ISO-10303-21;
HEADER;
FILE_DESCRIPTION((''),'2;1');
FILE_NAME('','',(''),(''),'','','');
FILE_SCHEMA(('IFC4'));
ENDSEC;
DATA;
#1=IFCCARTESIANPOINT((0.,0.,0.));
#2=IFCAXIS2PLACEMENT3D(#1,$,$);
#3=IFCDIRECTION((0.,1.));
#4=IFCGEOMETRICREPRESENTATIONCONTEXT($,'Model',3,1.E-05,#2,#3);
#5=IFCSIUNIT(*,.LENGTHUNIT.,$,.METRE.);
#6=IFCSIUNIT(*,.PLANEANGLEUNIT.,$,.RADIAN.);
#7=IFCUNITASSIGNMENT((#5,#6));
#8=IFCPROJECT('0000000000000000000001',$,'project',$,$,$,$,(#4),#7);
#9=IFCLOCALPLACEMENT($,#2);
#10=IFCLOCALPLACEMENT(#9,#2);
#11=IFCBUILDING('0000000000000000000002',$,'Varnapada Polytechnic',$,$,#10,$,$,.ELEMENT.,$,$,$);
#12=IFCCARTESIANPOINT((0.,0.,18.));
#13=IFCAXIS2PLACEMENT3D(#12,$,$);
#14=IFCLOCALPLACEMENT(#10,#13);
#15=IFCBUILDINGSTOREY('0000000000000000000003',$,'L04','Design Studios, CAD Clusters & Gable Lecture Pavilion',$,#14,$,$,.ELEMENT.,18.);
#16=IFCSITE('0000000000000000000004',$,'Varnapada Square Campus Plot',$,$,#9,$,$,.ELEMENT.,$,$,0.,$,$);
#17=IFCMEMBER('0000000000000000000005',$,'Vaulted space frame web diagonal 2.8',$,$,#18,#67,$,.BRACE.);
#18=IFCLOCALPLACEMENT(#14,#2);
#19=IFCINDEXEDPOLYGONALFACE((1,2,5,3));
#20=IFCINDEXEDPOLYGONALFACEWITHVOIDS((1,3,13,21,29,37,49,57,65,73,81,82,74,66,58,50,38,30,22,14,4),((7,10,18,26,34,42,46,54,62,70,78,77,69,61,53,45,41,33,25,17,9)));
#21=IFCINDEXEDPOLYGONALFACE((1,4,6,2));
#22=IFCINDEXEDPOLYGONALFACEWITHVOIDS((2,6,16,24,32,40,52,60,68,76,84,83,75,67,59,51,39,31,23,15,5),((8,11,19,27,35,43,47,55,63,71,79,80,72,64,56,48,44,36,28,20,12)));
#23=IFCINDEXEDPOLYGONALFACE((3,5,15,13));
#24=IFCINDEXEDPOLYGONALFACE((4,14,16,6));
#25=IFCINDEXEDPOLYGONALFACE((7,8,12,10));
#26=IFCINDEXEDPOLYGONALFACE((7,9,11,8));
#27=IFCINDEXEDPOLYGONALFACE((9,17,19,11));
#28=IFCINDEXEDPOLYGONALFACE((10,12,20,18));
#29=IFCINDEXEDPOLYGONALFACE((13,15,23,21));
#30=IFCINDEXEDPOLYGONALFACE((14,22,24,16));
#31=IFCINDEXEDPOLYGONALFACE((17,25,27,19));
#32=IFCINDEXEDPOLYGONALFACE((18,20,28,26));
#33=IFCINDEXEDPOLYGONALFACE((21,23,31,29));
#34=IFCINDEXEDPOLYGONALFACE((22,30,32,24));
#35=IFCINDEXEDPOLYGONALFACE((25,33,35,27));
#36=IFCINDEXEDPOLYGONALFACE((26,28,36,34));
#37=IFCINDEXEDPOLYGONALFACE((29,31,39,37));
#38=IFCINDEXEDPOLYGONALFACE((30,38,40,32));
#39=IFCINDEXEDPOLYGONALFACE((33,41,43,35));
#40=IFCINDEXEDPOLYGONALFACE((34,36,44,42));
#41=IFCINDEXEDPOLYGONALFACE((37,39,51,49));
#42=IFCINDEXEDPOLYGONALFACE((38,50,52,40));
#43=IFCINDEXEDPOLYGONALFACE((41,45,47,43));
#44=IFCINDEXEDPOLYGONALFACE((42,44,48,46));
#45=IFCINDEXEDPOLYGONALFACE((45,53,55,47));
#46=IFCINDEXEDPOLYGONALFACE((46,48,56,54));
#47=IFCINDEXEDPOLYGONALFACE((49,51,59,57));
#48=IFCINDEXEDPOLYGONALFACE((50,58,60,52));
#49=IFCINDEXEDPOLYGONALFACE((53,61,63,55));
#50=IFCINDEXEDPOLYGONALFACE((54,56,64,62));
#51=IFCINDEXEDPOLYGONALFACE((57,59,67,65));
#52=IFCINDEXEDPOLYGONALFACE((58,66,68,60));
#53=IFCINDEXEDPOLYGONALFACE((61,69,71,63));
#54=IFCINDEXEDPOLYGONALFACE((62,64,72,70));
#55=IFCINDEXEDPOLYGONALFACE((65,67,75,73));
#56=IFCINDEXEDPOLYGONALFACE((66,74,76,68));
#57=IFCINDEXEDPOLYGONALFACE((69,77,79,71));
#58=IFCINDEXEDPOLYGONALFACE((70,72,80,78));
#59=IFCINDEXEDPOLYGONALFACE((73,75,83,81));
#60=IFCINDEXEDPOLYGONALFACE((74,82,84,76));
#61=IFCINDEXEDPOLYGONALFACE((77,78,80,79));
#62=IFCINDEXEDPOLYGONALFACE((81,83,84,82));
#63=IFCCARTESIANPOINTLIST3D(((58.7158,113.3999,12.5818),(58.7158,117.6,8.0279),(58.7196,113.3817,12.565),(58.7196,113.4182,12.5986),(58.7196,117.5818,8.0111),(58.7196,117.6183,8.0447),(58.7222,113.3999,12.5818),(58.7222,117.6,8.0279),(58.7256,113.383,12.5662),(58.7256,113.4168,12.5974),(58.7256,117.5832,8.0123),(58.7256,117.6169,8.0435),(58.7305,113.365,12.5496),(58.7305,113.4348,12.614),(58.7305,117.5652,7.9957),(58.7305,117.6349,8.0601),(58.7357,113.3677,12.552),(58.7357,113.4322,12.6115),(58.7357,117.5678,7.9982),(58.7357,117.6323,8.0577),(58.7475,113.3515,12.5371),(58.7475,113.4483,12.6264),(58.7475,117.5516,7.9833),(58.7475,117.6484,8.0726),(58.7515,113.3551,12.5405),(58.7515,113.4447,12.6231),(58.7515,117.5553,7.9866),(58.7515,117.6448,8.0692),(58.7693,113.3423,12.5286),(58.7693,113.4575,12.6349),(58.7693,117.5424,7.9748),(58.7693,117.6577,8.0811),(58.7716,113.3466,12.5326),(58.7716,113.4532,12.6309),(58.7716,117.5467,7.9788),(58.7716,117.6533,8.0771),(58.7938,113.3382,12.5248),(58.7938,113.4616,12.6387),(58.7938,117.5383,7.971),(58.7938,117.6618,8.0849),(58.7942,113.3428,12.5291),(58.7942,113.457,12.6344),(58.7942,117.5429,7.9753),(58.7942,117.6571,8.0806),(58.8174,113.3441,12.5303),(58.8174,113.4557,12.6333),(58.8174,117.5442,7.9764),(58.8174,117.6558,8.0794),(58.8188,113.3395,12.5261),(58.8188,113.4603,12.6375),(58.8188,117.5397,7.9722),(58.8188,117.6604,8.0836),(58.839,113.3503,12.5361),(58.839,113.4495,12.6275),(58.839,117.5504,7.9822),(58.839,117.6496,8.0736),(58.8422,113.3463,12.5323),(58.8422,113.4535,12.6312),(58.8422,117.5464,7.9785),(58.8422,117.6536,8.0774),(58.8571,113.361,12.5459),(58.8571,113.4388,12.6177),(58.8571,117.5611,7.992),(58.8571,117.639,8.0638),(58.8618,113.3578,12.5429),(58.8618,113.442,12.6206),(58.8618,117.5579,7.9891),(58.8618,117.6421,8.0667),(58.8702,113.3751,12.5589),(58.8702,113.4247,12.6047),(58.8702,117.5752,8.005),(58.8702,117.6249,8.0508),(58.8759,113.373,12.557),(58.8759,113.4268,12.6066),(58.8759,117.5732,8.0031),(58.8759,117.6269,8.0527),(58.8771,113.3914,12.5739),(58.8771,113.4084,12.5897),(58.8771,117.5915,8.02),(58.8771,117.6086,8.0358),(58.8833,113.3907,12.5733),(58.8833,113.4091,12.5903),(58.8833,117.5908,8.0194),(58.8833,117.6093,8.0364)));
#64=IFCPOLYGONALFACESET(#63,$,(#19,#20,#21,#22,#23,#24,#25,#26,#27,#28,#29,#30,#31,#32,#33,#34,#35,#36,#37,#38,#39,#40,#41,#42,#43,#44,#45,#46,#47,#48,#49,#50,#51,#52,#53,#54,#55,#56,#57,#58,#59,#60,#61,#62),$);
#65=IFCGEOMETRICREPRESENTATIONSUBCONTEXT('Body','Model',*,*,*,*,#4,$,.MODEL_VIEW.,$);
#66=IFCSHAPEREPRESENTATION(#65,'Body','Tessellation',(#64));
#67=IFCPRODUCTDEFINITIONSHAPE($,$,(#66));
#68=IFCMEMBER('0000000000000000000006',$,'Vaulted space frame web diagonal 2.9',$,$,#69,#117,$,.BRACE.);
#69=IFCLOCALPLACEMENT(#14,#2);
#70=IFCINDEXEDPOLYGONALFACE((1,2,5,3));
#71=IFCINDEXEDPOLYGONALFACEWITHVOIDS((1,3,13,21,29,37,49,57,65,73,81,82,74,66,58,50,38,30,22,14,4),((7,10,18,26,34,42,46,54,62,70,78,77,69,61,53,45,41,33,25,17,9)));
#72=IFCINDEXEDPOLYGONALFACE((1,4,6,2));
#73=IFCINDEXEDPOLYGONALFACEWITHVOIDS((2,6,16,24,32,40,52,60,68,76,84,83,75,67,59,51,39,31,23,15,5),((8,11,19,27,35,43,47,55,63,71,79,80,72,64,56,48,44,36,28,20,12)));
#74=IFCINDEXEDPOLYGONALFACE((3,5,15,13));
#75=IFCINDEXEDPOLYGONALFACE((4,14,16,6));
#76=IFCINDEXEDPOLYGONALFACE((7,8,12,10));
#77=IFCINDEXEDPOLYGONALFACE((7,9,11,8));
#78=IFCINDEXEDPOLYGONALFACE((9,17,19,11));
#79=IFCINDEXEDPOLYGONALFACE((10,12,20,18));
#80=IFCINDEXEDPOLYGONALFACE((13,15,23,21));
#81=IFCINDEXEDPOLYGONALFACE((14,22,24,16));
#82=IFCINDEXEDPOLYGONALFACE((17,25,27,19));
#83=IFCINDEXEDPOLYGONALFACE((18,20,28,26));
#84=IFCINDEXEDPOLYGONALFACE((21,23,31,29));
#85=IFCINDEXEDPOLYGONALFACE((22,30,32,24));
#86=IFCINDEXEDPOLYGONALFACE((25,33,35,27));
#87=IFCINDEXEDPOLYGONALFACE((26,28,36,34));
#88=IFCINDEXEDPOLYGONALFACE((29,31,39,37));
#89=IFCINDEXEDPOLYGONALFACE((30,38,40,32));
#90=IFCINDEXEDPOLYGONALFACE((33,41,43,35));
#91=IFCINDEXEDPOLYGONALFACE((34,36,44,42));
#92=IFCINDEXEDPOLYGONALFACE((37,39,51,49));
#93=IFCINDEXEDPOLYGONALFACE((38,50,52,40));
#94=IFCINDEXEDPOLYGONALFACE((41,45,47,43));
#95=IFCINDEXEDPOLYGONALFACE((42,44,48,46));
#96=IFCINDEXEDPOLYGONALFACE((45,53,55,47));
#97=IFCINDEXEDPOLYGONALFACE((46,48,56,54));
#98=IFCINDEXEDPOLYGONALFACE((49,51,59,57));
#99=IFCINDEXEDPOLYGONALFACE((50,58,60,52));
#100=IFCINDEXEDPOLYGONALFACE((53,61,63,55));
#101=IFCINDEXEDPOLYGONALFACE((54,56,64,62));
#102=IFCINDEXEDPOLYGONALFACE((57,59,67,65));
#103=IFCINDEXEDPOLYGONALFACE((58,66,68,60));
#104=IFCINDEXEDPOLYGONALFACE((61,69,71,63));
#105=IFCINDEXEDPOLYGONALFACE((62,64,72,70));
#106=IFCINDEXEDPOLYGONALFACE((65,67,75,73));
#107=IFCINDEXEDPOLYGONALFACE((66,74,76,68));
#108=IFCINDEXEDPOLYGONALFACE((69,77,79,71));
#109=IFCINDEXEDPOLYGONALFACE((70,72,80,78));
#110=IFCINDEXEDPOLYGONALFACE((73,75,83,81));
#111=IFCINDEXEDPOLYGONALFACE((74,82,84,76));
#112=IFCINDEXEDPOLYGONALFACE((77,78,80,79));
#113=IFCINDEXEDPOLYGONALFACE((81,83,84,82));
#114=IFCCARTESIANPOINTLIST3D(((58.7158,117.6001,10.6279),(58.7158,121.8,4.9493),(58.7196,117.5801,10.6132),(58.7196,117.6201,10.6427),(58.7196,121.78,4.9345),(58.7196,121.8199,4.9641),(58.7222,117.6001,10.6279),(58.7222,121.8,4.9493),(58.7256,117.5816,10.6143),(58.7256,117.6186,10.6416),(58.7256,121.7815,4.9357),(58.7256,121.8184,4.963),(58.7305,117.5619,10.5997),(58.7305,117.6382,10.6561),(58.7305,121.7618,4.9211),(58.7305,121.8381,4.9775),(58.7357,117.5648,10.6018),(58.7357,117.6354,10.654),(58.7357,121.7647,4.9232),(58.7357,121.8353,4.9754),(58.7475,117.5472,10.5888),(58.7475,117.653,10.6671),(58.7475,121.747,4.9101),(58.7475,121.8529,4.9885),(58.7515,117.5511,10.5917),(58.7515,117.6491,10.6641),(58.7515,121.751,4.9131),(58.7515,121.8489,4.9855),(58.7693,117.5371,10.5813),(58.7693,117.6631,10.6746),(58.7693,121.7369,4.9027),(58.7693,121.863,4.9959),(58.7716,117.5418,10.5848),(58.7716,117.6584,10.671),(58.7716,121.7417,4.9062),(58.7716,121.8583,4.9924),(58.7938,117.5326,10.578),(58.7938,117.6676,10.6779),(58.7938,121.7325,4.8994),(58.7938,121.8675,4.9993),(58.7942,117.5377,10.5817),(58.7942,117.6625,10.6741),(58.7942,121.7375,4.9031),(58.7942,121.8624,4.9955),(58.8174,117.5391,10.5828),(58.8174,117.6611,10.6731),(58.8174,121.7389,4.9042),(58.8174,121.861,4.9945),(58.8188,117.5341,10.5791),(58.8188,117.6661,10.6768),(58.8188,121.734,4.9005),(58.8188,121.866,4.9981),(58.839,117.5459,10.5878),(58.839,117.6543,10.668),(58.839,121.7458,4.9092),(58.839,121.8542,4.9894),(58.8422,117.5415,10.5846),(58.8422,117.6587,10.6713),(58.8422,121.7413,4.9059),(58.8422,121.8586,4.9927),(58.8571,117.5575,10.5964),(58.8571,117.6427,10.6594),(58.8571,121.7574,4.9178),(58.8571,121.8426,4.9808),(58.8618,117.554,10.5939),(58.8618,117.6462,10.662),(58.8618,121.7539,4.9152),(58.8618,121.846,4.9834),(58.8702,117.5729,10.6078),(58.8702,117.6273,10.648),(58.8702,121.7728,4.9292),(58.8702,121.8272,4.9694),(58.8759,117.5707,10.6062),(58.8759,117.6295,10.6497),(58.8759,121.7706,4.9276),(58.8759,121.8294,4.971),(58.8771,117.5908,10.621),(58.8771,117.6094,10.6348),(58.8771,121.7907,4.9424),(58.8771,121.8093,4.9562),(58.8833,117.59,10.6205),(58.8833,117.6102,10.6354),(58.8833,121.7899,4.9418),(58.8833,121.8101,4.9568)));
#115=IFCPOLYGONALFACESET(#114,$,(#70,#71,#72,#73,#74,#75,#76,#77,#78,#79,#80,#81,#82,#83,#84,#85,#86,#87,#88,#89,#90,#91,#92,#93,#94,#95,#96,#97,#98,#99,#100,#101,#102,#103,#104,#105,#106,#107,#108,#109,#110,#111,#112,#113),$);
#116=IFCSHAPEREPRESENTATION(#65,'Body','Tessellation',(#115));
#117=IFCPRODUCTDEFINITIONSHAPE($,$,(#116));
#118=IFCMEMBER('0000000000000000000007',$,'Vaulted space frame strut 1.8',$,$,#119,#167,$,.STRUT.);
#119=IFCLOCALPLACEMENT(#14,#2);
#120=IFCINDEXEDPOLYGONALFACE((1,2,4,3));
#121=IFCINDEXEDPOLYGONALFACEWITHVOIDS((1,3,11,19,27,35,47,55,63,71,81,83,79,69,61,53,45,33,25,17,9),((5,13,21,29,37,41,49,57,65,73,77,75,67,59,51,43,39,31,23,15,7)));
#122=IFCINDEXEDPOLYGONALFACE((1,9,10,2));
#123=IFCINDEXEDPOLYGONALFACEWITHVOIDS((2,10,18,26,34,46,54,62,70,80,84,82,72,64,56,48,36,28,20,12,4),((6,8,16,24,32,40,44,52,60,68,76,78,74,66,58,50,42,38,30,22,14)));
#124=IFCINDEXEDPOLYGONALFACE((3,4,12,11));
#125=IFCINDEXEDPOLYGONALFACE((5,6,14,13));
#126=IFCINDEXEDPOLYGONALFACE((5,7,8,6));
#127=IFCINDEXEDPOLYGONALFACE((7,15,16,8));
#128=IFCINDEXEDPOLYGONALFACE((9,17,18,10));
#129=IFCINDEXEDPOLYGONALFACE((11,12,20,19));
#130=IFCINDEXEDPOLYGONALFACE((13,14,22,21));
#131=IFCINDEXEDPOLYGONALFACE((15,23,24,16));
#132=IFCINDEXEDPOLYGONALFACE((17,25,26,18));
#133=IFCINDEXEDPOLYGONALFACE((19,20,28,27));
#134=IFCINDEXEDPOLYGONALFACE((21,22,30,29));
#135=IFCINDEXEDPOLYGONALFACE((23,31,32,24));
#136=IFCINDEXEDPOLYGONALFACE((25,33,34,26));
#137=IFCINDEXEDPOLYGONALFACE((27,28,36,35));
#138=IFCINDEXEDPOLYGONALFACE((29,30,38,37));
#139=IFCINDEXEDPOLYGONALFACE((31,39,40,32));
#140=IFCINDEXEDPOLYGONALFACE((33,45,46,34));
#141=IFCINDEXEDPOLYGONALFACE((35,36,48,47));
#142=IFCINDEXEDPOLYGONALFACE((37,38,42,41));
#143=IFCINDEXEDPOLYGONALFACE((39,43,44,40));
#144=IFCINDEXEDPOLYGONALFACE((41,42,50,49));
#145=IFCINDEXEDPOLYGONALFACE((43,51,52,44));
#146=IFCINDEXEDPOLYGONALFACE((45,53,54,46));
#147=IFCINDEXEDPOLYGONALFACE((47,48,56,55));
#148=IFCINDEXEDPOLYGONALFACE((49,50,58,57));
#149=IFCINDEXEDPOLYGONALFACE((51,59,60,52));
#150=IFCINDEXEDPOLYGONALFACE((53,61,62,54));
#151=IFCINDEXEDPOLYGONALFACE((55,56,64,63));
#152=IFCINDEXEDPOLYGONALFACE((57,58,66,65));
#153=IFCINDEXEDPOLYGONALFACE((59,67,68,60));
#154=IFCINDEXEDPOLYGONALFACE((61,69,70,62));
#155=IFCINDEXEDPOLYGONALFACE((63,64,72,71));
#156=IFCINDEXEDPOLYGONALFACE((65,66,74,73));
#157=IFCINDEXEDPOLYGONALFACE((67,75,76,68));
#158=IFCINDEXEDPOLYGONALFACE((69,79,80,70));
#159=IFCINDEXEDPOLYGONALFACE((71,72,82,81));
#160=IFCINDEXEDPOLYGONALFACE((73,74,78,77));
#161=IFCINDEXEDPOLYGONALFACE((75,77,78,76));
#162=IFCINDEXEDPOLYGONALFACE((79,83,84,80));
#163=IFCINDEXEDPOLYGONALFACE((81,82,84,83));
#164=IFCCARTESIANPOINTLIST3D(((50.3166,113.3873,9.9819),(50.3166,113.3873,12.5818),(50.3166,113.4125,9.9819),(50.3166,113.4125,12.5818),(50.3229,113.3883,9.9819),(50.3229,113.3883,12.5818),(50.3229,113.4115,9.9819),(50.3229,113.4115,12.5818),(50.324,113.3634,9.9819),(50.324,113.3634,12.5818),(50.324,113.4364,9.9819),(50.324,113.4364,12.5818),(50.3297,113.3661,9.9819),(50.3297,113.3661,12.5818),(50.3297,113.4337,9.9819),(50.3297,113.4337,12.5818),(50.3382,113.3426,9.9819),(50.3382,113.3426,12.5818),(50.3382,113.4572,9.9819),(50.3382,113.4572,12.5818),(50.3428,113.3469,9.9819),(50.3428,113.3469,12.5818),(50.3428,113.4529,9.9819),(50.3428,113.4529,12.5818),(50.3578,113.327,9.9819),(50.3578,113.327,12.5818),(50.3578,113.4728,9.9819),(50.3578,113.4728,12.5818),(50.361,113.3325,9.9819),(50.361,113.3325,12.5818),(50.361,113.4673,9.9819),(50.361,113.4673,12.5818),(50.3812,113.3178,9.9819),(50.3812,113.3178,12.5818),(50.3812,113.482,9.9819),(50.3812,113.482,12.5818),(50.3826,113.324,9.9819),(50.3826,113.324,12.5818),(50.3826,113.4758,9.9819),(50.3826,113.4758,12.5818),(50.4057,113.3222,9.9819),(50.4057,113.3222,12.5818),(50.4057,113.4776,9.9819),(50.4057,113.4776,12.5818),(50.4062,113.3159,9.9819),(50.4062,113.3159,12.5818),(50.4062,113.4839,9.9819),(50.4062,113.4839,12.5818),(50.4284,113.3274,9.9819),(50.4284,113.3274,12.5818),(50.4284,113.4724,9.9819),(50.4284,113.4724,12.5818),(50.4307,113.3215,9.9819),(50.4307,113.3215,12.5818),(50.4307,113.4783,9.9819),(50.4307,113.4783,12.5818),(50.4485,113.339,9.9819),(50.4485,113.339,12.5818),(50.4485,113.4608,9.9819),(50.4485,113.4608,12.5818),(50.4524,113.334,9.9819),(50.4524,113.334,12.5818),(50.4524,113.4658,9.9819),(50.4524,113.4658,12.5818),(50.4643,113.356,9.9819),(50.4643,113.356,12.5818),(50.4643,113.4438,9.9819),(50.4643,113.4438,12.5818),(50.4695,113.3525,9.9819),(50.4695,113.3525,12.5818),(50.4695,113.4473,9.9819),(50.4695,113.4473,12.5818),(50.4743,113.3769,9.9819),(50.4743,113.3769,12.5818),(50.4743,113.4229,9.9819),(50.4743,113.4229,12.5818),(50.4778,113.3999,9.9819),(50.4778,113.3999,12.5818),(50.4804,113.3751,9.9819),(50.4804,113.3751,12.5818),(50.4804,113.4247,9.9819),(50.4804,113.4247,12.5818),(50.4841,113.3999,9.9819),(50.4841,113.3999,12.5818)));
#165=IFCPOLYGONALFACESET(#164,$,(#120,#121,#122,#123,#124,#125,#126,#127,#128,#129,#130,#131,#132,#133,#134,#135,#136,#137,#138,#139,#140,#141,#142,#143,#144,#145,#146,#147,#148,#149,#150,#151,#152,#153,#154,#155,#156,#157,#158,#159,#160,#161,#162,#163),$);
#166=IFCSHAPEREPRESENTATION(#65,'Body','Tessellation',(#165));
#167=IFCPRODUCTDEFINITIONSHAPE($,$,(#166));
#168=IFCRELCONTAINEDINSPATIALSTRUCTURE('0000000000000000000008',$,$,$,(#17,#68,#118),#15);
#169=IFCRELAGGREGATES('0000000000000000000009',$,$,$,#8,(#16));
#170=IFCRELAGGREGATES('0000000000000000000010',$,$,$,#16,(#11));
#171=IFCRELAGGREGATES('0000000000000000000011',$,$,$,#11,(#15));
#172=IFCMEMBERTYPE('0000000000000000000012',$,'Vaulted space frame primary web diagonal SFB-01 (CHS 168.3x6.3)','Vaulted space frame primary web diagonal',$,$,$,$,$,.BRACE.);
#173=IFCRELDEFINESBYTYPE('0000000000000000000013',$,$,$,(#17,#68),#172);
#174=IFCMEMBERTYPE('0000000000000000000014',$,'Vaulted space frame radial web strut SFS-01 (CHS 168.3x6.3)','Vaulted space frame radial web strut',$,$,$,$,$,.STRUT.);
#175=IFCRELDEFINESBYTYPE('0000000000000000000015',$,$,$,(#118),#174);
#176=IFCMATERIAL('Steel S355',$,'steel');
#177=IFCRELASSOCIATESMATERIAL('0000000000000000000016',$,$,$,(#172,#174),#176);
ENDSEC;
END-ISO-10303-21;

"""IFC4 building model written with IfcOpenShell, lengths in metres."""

from ifc_helpers import new_model, si_unit, direction, frame, origin, origin_2d, place, context, subcontext, project, spatial, hollow_circle, extrude, material, material_profile, profile_set, type_object, element, save


model = new_model("IFC4")

# Units and contexts
model_context = context("Model", 3, precision=1e-05, world=origin(), true_north=direction((0.0, 1.0)))
body_context = subcontext(model_context, "Body", "Model", "MODEL_VIEW")
ifc_project = project(units=[si_unit("LENGTHUNIT", "METRE"), si_unit("PLANEANGLEUNIT", "RADIAN")], contexts=[model_context])

# Site, building, storey
site_placement = place(None, origin())
site = spatial("IfcSite", under=ifc_project, at=site_placement, Name="Varnapada Square Campus Plot", CompositionType="ELEMENT", RefElevation=0.0)
building_placement = place(site_placement, origin())
building = spatial("IfcBuilding", under=site, at=building_placement, Name="Varnapada Polytechnic", CompositionType="ELEMENT")
storey_placement = place(building_placement, frame((0.0, 0.0, 18.0)))
storey = spatial("IfcBuildingStorey", under=building, at=storey_placement, Name="L04", Description="Design Studios, CAD Clusters & Gable Lecture Pavilion", CompositionType="ELEMENT", Elevation=18.0)

# Shared definitions
ifc_material = material(Name="Steel S355", Category="steel")

# Members
ifc_material_profile_1 = material_profile(ifc_material, hollow_circle(Radius=0.0842, WallThickness=0.0063, at=origin_2d()), Name="CHS 168.3x6.3")
ifc_profile_set_1 = profile_set([ifc_material_profile_1], Name="Steel S355")
member_type_1 = type_object("IfcMemberType", Name="Vaulted space frame primary web diagonal SFB-01 (CHS 168.3x6.3)", Description="Vaulted space frame primary web diagonal", PredefinedType="BRACE", material=ifc_profile_set_1)
member_1_placement = place(storey_placement, frame((58.8, 113.3999, 12.5818), z_axis=(0.0, 0.677979, -0.735081), x_axis=(-1.0, 0.0, 0.0)))
element("IfcMember", 1, at=member_1_placement, inside=storey, type_object=member_type_1, Name="Vaulted space frame web diagonal 2.8", PredefinedType="BRACE", context=body_context, shape_type="SweptSolid", body=[
    extrude(hollow_circle(Radius=0.0842, WallThickness=0.0063, at=origin_2d()), origin(), (0.0, 0.0, 1.0), 6.1951),
])
member_2_placement = place(storey_placement, frame((58.8, 117.6001, 10.6279), z_axis=(0.0, 0.594633, -0.803997), x_axis=(-1.0, 0.0, 0.0)))
element("IfcMember", 2, at=member_2_placement, inside=storey, type_object=member_type_1, Name="Vaulted space frame web diagonal 2.9", PredefinedType="BRACE", context=body_context, shape_type="SweptSolid", body=[
    extrude(hollow_circle(Radius=0.0842, WallThickness=0.0063, at=origin_2d()), origin(), (0.0, 0.0, 1.0), 7.063),
])
ifc_material_profile_2 = material_profile(ifc_material, hollow_circle(Radius=0.0842, WallThickness=0.0063, at=origin_2d()), Name="CHS 168.3x6.3")
ifc_profile_set_2 = profile_set([ifc_material_profile_2], Name="Steel S355")
member_type_2 = type_object("IfcMemberType", Name="Vaulted space frame radial web strut SFS-01 (CHS 168.3x6.3)", Description="Vaulted space frame radial web strut", PredefinedType="STRUT", material=ifc_profile_set_2)
for number, where, z_axis, x_axis, name in (
    (3, (50.3999, 113.3999, 9.9819), (0.0, 0.0, 1.0), (1.0, 0.0, 0.0), "Vaulted space frame strut 1.8"),
):
    element("IfcMember", number, at=place(storey_placement, frame(where, z_axis=z_axis, x_axis=x_axis)), inside=storey, type_object=member_type_2, Name=name, PredefinedType="STRUT", context=body_context, shape_type="SweptSolid", body=[
        extrude(hollow_circle(Radius=0.0842, WallThickness=0.0063, at=origin_2d()), origin(), (0.0, 0.0, 1.0), 2.5999),
    ])

save(model, "model.ifc")
